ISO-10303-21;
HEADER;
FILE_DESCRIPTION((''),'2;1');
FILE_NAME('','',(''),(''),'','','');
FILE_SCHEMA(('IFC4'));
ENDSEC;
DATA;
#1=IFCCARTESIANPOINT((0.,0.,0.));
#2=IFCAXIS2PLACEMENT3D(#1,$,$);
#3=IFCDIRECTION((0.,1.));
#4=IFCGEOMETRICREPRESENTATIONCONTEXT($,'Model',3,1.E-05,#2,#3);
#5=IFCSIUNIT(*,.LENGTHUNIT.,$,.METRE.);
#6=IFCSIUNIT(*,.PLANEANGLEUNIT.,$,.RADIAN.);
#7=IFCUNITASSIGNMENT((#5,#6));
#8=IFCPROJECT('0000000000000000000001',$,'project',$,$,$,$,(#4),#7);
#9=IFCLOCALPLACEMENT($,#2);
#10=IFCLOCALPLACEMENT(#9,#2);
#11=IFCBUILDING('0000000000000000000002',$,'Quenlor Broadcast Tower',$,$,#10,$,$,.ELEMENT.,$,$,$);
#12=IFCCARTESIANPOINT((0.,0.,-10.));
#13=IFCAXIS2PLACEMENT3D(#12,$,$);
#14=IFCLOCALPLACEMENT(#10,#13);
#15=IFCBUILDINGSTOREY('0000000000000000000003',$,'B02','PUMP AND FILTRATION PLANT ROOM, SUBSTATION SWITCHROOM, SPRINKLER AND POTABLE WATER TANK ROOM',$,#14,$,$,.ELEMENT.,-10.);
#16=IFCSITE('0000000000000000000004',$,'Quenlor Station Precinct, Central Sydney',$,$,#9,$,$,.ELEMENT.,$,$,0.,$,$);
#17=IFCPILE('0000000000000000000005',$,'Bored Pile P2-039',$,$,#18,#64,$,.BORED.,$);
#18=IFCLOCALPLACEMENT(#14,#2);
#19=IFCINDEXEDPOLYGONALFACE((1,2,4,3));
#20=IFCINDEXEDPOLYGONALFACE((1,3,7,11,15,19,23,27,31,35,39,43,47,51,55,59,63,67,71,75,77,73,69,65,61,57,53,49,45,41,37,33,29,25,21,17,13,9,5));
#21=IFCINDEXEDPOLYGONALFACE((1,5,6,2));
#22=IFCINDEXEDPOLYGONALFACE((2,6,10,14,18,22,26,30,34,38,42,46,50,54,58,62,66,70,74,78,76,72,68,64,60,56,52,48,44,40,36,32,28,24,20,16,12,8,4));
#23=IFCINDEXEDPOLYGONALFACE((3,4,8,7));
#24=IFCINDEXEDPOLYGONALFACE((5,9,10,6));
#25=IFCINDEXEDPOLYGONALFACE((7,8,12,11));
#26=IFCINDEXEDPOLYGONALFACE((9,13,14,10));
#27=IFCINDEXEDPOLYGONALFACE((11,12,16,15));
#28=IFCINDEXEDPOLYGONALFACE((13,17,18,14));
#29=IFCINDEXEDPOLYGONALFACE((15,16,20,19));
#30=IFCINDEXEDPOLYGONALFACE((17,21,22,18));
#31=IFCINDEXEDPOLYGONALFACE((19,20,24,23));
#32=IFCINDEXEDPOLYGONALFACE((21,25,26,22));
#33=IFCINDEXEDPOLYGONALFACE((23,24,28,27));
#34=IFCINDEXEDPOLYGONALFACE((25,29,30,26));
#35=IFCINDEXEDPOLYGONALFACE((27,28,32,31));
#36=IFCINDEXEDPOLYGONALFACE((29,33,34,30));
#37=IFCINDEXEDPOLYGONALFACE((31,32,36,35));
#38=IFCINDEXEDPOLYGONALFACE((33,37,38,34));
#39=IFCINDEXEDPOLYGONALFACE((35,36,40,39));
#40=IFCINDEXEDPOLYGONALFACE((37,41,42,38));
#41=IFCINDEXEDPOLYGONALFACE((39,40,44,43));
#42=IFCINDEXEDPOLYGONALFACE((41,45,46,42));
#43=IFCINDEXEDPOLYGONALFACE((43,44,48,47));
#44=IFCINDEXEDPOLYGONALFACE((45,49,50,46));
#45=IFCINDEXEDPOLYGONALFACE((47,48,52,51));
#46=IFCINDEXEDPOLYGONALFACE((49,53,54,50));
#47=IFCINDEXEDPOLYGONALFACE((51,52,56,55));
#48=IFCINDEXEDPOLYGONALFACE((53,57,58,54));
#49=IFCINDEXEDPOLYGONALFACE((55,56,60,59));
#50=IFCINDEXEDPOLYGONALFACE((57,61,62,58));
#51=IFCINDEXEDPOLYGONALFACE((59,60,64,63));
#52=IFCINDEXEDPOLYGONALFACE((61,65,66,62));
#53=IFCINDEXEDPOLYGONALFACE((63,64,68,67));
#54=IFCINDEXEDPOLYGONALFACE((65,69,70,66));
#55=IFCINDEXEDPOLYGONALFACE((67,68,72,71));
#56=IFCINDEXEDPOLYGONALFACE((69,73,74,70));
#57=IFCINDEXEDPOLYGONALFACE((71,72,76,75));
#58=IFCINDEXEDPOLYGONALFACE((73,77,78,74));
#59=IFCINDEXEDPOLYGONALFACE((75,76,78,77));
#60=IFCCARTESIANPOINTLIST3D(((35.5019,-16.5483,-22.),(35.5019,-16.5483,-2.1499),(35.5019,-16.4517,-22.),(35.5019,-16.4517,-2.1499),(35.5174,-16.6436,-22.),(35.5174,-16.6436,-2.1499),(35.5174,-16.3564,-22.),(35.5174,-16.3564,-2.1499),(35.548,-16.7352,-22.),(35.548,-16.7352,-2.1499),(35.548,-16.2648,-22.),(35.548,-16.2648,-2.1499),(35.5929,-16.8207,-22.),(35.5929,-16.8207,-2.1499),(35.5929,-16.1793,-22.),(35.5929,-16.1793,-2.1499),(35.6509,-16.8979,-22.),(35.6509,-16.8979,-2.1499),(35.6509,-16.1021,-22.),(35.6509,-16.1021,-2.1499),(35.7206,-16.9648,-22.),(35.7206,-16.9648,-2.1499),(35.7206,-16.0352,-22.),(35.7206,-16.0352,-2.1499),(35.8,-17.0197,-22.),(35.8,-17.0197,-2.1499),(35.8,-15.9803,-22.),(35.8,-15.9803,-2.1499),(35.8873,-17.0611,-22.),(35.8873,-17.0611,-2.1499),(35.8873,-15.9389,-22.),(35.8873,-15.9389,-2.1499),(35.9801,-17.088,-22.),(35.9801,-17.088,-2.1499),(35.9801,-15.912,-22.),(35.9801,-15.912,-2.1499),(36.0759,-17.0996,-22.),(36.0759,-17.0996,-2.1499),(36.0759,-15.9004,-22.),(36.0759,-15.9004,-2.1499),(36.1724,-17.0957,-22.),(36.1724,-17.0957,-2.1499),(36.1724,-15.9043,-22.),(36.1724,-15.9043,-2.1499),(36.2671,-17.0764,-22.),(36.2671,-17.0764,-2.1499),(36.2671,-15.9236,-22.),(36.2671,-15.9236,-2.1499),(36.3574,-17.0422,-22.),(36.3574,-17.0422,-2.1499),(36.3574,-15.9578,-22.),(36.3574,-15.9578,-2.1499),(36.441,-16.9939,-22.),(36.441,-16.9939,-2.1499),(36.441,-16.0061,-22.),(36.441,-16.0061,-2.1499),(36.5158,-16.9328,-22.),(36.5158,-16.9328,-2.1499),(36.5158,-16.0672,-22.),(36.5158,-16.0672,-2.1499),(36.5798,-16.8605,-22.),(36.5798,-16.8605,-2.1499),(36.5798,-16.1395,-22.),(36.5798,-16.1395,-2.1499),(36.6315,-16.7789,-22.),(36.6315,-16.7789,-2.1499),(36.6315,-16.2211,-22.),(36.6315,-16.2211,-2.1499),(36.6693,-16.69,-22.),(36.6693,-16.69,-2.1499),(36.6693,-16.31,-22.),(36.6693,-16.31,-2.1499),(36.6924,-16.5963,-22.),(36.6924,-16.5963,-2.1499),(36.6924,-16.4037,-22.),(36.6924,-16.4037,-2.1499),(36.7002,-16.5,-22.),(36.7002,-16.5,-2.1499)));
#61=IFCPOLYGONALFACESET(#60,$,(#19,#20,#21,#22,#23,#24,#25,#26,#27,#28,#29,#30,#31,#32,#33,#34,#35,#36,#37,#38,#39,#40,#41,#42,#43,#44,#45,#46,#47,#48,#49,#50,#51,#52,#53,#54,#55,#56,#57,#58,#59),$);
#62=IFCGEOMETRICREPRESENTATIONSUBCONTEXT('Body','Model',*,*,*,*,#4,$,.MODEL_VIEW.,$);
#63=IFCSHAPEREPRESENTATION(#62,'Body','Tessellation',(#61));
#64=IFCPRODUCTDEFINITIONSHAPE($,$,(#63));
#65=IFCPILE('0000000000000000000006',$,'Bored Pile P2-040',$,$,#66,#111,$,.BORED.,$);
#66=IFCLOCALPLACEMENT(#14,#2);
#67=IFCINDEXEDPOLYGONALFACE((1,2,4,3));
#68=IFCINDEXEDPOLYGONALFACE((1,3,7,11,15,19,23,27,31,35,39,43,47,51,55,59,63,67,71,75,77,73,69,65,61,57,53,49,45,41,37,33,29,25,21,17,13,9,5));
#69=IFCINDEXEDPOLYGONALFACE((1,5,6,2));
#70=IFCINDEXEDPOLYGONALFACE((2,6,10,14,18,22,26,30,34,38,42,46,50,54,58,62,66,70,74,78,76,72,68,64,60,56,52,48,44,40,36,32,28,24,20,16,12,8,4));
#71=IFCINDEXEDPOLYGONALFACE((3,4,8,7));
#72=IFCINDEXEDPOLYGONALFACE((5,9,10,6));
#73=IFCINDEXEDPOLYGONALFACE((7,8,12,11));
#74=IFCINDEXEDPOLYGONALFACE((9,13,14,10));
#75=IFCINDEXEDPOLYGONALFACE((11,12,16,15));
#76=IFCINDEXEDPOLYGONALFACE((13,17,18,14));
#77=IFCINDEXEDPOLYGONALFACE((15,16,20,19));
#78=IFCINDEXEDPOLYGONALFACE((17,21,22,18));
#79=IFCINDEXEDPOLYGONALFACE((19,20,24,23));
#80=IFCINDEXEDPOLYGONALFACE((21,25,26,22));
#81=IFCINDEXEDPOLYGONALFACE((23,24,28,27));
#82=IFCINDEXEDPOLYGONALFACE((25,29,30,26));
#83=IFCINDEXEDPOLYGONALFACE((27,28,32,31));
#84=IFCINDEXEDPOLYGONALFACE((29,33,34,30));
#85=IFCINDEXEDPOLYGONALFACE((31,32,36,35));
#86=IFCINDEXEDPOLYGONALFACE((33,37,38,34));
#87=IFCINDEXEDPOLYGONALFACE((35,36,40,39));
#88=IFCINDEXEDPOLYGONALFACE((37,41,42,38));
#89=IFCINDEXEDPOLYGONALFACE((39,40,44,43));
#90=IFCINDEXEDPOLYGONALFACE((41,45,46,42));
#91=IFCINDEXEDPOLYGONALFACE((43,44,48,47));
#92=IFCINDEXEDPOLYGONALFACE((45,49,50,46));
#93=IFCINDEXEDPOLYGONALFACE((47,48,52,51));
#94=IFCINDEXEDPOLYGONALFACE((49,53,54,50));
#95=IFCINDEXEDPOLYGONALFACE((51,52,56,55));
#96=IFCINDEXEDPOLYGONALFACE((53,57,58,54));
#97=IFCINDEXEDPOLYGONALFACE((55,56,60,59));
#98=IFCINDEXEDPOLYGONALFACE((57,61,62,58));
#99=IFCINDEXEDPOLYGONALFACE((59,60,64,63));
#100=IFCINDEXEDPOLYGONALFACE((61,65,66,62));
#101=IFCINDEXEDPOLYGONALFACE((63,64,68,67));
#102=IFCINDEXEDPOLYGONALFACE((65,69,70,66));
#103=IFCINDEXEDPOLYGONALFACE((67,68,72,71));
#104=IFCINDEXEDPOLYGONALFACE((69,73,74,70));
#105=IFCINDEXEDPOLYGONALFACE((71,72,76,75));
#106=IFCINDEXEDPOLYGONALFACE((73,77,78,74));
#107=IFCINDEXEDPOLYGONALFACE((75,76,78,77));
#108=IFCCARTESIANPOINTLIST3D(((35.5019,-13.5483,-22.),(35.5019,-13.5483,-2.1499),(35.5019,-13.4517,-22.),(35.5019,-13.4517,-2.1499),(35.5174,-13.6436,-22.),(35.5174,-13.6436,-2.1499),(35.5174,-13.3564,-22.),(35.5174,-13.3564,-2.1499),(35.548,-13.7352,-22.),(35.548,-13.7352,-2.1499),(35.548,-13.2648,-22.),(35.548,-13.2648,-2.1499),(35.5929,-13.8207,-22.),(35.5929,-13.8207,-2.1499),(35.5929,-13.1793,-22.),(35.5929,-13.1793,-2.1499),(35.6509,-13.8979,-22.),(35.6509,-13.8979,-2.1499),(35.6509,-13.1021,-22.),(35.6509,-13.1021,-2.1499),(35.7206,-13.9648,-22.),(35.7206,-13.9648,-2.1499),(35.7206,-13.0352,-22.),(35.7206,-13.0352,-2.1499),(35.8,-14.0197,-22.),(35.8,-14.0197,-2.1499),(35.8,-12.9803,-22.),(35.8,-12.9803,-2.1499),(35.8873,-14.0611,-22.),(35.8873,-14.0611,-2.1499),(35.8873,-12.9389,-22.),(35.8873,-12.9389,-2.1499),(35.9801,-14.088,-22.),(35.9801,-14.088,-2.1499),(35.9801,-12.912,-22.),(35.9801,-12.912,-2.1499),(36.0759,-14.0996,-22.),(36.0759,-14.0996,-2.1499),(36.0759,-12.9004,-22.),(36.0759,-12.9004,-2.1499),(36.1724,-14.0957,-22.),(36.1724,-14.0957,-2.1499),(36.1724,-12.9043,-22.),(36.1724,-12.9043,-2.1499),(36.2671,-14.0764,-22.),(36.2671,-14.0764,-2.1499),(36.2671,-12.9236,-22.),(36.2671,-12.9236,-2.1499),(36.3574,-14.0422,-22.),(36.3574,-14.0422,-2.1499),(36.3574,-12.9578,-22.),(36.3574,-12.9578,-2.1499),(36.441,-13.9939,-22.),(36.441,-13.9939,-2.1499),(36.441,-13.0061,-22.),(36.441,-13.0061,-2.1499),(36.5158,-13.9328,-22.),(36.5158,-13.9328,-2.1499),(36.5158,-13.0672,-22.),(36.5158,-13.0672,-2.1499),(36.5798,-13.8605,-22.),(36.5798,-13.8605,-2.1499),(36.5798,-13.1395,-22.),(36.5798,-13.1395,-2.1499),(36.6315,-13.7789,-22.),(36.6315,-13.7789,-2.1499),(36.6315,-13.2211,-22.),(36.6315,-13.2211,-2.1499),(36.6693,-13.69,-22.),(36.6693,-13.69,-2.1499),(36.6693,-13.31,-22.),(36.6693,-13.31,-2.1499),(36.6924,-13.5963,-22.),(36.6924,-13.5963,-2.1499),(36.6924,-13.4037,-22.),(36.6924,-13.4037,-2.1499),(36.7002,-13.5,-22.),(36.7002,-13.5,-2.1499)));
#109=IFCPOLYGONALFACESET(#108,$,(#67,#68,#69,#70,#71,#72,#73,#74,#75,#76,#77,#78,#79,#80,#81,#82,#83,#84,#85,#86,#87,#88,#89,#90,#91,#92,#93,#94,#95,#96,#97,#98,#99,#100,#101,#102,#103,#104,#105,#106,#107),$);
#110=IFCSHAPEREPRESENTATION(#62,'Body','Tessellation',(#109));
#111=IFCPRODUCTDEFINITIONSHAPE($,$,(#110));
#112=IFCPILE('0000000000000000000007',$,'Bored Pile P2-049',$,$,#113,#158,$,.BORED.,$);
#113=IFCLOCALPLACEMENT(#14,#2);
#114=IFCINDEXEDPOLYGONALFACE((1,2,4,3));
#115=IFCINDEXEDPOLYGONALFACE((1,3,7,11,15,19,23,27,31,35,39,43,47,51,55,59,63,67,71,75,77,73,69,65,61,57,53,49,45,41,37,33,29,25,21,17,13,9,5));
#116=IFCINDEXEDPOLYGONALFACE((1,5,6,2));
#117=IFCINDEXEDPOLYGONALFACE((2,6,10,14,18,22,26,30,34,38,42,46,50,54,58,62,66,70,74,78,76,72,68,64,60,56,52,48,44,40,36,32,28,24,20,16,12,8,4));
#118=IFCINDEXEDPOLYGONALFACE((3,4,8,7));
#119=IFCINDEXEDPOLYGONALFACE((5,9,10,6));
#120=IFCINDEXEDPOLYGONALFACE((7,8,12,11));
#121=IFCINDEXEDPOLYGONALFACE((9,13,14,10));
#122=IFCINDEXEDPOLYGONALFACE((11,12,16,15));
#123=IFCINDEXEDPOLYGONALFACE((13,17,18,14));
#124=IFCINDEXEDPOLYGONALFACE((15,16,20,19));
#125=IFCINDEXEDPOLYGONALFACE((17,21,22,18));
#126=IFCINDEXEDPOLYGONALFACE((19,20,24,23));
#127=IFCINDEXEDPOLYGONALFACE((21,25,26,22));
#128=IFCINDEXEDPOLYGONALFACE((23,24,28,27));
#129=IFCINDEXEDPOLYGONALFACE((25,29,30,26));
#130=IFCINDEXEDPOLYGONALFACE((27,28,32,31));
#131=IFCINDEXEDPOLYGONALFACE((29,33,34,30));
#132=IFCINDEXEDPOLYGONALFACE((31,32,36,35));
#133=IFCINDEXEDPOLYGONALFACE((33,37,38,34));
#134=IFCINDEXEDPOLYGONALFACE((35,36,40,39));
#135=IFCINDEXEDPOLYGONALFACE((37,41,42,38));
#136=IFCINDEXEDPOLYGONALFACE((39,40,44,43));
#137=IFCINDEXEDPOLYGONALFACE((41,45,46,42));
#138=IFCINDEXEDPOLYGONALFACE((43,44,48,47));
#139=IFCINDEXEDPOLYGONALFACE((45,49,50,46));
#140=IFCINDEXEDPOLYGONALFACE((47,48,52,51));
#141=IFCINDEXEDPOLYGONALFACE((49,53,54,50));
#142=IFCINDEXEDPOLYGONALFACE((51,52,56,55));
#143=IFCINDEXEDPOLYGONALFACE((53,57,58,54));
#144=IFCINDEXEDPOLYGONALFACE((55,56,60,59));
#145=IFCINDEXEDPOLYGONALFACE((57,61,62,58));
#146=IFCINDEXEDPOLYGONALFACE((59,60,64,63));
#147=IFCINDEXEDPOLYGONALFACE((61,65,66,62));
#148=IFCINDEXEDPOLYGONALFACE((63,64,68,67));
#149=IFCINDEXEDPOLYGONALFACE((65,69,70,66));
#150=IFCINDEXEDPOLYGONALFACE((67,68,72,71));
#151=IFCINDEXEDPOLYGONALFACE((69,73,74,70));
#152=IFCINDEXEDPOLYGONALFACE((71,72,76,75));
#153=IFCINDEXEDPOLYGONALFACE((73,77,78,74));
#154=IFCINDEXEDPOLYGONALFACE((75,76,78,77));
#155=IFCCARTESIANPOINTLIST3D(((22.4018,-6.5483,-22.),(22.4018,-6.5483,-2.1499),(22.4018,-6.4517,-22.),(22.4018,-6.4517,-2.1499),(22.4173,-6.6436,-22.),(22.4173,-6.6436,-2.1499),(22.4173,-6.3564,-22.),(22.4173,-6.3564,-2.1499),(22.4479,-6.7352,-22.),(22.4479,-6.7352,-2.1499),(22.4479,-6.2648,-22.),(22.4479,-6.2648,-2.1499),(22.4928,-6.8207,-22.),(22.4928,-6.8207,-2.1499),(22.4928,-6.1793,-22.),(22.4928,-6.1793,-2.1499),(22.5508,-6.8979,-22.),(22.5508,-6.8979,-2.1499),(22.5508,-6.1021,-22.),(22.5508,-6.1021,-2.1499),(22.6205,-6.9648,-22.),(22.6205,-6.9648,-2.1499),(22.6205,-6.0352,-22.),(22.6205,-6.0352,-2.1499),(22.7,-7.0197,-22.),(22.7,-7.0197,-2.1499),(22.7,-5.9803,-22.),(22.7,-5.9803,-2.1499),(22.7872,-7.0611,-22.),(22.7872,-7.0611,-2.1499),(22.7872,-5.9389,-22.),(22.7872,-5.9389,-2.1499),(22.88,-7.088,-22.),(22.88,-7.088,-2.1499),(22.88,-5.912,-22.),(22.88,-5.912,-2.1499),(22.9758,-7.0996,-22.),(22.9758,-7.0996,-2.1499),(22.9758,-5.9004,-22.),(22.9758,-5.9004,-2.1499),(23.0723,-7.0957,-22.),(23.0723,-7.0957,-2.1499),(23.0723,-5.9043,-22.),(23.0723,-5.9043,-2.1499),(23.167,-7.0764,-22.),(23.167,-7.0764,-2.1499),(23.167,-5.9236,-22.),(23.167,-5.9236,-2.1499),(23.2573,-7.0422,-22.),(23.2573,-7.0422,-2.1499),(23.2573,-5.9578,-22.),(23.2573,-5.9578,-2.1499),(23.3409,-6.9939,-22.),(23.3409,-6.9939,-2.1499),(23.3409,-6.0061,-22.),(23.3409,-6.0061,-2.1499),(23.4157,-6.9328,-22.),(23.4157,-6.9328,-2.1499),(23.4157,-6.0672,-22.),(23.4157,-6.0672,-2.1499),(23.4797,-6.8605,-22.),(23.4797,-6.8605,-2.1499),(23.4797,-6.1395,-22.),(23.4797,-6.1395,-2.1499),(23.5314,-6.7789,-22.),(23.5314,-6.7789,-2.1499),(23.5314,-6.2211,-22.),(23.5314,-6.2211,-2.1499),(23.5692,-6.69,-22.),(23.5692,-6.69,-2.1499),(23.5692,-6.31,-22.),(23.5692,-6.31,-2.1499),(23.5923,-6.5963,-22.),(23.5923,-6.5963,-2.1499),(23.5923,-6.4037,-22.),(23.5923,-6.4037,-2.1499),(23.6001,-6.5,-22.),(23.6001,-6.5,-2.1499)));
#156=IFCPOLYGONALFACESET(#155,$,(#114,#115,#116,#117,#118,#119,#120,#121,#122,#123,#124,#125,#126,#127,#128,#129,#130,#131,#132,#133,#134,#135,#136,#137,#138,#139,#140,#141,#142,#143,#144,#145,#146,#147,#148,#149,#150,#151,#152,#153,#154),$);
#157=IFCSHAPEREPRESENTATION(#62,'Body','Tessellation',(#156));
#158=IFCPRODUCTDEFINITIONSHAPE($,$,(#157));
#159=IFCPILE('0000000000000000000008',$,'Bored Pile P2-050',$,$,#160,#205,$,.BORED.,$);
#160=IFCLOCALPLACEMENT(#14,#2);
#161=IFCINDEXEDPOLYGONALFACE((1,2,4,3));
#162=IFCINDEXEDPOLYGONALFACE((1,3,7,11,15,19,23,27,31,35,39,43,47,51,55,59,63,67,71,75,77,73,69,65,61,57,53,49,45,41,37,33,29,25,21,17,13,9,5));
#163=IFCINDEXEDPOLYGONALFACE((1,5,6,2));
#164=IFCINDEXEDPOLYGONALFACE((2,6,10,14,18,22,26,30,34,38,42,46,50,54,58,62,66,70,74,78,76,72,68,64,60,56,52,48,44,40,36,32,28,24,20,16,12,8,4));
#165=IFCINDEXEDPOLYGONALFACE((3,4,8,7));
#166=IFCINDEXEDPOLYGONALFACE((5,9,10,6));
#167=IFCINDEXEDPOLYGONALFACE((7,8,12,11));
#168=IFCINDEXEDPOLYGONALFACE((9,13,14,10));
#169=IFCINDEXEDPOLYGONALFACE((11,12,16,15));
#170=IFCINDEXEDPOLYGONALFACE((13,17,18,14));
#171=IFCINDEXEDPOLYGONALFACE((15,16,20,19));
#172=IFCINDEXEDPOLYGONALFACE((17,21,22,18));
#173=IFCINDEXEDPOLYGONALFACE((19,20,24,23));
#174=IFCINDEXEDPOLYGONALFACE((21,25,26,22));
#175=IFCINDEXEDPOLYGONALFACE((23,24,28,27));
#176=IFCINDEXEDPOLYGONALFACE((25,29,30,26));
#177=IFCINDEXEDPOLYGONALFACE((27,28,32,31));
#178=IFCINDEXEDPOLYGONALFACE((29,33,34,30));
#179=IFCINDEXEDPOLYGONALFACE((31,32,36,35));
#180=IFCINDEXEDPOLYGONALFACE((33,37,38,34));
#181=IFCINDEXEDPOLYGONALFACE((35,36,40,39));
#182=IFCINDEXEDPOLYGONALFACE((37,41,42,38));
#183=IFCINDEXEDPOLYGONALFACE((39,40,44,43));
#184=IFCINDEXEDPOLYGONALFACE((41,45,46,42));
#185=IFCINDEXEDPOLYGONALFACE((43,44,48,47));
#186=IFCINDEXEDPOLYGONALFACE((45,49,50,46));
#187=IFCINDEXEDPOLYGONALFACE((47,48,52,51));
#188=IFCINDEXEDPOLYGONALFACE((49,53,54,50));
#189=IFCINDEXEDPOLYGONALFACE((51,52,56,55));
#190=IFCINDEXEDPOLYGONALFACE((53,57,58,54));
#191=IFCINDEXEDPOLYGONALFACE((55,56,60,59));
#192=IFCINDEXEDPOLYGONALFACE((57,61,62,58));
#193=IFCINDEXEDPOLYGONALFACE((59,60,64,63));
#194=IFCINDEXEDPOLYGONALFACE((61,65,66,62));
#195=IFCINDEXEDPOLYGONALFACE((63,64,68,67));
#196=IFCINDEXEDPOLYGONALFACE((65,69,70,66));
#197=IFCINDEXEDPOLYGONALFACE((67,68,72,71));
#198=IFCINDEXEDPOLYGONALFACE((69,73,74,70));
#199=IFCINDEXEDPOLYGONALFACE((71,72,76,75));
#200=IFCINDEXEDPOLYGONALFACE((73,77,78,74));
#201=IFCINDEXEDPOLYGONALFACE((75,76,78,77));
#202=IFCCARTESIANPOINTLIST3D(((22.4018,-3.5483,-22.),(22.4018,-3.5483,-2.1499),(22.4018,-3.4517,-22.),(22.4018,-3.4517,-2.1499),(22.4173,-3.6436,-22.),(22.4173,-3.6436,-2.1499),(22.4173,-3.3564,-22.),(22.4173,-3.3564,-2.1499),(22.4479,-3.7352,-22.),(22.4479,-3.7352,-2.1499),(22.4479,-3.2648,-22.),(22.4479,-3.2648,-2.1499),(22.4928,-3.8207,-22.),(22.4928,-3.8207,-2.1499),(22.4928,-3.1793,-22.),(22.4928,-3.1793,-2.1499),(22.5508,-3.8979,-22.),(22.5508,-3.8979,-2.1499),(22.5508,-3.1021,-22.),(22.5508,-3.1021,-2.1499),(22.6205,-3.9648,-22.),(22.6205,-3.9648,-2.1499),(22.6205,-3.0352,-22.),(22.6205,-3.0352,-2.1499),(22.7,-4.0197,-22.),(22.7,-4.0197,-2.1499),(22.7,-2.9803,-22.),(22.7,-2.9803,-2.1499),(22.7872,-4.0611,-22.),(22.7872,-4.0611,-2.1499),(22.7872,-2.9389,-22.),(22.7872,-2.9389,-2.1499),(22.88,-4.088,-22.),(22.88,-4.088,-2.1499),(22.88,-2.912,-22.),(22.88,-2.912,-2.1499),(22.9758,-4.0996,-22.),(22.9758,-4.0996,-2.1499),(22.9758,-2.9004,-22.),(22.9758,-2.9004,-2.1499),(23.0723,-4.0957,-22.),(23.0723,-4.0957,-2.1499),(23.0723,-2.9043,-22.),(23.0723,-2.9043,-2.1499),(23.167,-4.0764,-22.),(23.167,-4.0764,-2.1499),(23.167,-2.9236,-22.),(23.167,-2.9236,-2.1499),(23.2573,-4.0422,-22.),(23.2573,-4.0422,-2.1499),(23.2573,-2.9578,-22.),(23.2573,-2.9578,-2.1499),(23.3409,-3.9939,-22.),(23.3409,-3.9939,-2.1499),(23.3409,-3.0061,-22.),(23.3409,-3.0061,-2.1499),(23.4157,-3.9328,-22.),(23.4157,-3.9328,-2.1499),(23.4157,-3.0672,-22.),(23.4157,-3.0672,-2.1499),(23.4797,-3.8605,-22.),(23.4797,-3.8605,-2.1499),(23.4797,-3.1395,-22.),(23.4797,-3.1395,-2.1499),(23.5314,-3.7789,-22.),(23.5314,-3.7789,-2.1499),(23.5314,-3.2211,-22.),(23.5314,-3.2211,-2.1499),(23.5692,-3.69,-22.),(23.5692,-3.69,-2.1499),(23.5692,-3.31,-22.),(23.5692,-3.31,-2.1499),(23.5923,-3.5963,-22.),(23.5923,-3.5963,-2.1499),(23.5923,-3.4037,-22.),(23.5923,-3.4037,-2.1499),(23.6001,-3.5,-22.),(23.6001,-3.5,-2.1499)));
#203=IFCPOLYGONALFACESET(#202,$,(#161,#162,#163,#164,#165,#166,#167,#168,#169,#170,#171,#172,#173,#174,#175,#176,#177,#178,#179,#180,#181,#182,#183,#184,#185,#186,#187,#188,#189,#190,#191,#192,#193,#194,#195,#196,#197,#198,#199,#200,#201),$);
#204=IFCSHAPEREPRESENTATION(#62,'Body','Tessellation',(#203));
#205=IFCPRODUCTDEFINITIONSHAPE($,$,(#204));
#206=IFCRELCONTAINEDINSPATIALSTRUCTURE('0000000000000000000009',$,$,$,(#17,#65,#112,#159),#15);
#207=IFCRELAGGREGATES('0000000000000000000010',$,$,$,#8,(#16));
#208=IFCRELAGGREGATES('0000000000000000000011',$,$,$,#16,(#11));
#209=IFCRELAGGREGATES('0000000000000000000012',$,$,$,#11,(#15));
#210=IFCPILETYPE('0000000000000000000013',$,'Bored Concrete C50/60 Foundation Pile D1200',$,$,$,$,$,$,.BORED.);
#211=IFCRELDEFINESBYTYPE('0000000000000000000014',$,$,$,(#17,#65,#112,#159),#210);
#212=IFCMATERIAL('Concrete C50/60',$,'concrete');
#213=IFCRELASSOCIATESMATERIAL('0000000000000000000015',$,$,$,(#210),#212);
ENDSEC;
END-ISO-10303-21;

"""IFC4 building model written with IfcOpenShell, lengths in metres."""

from ifc_helpers import new_model, si_unit, direction, frame, origin, origin_2d, place, context, subcontext, project, spatial, circle, extrude, material, material_profile, profile_set, type_object, element, save


model = new_model("IFC4")

# Units and contexts
model_context = context("Model", 3, precision=1e-05, world=origin(), true_north=direction((0.0, 1.0)))
body_context = subcontext(model_context, "Body", "Model", "MODEL_VIEW")
ifc_project = project(units=[si_unit("LENGTHUNIT", "METRE"), si_unit("PLANEANGLEUNIT", "RADIAN")], contexts=[model_context])

# Site, building, storey
site_placement = place(None, origin())
site = spatial("IfcSite", under=ifc_project, at=site_placement, Name="Quenlor Station Precinct, Central Sydney", CompositionType="ELEMENT", RefElevation=0.0)
building_placement = place(site_placement, origin())
building = spatial("IfcBuilding", under=site, at=building_placement, Name="Quenlor Broadcast Tower", CompositionType="ELEMENT")
storey_placement = place(building_placement, frame((0.0, 0.0, -10.0)))
storey = spatial("IfcBuildingStorey", under=building, at=storey_placement, Name="B02", Description="PUMP AND FILTRATION PLANT ROOM, SUBSTATION SWITCHROOM, SPRINKLER AND POTABLE WATER TANK ROOM", CompositionType="ELEMENT", Elevation=-10.0)

# Piles
ifc_material_1 = material(Name="Concrete C50/60", Category="concrete")
ifc_material_profile_1 = material_profile(ifc_material_1, circle(Radius=0.6001, at=origin_2d()))
ifc_profile_set_1 = profile_set([ifc_material_profile_1], Name="Concrete C50/60 PILE1200")
pile_type = type_object("IfcPileType", Name="Bored Concrete C50/60 Foundation Pile D1200", PredefinedType="BORED", material=ifc_profile_set_1)
for number, where, z_axis, x_axis, name in (
    (1, (36.1001, -16.5, -2.1499), (0.0, 0.0, -1.0), (1.0, 0.0, 0.0), "Bored Pile P2-039"),
    (2, (36.1001, -13.5, -2.1499), (0.0, 0.0, -1.0), (1.0, 0.0, 0.0), "Bored Pile P2-040"),
    (3, (23.0, -6.5, -2.1499), (0.0, 0.0, -1.0), (1.0, 0.0, 0.0), "Bored Pile P2-049"),
    (4, (23.0, -3.5, -2.1499), (0.0, 0.0, -1.0), (1.0, 0.0, 0.0), "Bored Pile P2-050"),
):
    element("IfcPile", number, at=place(storey_placement, frame(where, z_axis=z_axis, x_axis=x_axis)), inside=storey, type_object=pile_type, Name=name, PredefinedType="BORED", context=body_context, shape_type="SweptSolid", body=[
        extrude(circle(Radius=0.6001, at=origin_2d()), origin(), (0.0, 0.0, 1.0), 19.8501),
    ])

save(model, "model.ifc")
